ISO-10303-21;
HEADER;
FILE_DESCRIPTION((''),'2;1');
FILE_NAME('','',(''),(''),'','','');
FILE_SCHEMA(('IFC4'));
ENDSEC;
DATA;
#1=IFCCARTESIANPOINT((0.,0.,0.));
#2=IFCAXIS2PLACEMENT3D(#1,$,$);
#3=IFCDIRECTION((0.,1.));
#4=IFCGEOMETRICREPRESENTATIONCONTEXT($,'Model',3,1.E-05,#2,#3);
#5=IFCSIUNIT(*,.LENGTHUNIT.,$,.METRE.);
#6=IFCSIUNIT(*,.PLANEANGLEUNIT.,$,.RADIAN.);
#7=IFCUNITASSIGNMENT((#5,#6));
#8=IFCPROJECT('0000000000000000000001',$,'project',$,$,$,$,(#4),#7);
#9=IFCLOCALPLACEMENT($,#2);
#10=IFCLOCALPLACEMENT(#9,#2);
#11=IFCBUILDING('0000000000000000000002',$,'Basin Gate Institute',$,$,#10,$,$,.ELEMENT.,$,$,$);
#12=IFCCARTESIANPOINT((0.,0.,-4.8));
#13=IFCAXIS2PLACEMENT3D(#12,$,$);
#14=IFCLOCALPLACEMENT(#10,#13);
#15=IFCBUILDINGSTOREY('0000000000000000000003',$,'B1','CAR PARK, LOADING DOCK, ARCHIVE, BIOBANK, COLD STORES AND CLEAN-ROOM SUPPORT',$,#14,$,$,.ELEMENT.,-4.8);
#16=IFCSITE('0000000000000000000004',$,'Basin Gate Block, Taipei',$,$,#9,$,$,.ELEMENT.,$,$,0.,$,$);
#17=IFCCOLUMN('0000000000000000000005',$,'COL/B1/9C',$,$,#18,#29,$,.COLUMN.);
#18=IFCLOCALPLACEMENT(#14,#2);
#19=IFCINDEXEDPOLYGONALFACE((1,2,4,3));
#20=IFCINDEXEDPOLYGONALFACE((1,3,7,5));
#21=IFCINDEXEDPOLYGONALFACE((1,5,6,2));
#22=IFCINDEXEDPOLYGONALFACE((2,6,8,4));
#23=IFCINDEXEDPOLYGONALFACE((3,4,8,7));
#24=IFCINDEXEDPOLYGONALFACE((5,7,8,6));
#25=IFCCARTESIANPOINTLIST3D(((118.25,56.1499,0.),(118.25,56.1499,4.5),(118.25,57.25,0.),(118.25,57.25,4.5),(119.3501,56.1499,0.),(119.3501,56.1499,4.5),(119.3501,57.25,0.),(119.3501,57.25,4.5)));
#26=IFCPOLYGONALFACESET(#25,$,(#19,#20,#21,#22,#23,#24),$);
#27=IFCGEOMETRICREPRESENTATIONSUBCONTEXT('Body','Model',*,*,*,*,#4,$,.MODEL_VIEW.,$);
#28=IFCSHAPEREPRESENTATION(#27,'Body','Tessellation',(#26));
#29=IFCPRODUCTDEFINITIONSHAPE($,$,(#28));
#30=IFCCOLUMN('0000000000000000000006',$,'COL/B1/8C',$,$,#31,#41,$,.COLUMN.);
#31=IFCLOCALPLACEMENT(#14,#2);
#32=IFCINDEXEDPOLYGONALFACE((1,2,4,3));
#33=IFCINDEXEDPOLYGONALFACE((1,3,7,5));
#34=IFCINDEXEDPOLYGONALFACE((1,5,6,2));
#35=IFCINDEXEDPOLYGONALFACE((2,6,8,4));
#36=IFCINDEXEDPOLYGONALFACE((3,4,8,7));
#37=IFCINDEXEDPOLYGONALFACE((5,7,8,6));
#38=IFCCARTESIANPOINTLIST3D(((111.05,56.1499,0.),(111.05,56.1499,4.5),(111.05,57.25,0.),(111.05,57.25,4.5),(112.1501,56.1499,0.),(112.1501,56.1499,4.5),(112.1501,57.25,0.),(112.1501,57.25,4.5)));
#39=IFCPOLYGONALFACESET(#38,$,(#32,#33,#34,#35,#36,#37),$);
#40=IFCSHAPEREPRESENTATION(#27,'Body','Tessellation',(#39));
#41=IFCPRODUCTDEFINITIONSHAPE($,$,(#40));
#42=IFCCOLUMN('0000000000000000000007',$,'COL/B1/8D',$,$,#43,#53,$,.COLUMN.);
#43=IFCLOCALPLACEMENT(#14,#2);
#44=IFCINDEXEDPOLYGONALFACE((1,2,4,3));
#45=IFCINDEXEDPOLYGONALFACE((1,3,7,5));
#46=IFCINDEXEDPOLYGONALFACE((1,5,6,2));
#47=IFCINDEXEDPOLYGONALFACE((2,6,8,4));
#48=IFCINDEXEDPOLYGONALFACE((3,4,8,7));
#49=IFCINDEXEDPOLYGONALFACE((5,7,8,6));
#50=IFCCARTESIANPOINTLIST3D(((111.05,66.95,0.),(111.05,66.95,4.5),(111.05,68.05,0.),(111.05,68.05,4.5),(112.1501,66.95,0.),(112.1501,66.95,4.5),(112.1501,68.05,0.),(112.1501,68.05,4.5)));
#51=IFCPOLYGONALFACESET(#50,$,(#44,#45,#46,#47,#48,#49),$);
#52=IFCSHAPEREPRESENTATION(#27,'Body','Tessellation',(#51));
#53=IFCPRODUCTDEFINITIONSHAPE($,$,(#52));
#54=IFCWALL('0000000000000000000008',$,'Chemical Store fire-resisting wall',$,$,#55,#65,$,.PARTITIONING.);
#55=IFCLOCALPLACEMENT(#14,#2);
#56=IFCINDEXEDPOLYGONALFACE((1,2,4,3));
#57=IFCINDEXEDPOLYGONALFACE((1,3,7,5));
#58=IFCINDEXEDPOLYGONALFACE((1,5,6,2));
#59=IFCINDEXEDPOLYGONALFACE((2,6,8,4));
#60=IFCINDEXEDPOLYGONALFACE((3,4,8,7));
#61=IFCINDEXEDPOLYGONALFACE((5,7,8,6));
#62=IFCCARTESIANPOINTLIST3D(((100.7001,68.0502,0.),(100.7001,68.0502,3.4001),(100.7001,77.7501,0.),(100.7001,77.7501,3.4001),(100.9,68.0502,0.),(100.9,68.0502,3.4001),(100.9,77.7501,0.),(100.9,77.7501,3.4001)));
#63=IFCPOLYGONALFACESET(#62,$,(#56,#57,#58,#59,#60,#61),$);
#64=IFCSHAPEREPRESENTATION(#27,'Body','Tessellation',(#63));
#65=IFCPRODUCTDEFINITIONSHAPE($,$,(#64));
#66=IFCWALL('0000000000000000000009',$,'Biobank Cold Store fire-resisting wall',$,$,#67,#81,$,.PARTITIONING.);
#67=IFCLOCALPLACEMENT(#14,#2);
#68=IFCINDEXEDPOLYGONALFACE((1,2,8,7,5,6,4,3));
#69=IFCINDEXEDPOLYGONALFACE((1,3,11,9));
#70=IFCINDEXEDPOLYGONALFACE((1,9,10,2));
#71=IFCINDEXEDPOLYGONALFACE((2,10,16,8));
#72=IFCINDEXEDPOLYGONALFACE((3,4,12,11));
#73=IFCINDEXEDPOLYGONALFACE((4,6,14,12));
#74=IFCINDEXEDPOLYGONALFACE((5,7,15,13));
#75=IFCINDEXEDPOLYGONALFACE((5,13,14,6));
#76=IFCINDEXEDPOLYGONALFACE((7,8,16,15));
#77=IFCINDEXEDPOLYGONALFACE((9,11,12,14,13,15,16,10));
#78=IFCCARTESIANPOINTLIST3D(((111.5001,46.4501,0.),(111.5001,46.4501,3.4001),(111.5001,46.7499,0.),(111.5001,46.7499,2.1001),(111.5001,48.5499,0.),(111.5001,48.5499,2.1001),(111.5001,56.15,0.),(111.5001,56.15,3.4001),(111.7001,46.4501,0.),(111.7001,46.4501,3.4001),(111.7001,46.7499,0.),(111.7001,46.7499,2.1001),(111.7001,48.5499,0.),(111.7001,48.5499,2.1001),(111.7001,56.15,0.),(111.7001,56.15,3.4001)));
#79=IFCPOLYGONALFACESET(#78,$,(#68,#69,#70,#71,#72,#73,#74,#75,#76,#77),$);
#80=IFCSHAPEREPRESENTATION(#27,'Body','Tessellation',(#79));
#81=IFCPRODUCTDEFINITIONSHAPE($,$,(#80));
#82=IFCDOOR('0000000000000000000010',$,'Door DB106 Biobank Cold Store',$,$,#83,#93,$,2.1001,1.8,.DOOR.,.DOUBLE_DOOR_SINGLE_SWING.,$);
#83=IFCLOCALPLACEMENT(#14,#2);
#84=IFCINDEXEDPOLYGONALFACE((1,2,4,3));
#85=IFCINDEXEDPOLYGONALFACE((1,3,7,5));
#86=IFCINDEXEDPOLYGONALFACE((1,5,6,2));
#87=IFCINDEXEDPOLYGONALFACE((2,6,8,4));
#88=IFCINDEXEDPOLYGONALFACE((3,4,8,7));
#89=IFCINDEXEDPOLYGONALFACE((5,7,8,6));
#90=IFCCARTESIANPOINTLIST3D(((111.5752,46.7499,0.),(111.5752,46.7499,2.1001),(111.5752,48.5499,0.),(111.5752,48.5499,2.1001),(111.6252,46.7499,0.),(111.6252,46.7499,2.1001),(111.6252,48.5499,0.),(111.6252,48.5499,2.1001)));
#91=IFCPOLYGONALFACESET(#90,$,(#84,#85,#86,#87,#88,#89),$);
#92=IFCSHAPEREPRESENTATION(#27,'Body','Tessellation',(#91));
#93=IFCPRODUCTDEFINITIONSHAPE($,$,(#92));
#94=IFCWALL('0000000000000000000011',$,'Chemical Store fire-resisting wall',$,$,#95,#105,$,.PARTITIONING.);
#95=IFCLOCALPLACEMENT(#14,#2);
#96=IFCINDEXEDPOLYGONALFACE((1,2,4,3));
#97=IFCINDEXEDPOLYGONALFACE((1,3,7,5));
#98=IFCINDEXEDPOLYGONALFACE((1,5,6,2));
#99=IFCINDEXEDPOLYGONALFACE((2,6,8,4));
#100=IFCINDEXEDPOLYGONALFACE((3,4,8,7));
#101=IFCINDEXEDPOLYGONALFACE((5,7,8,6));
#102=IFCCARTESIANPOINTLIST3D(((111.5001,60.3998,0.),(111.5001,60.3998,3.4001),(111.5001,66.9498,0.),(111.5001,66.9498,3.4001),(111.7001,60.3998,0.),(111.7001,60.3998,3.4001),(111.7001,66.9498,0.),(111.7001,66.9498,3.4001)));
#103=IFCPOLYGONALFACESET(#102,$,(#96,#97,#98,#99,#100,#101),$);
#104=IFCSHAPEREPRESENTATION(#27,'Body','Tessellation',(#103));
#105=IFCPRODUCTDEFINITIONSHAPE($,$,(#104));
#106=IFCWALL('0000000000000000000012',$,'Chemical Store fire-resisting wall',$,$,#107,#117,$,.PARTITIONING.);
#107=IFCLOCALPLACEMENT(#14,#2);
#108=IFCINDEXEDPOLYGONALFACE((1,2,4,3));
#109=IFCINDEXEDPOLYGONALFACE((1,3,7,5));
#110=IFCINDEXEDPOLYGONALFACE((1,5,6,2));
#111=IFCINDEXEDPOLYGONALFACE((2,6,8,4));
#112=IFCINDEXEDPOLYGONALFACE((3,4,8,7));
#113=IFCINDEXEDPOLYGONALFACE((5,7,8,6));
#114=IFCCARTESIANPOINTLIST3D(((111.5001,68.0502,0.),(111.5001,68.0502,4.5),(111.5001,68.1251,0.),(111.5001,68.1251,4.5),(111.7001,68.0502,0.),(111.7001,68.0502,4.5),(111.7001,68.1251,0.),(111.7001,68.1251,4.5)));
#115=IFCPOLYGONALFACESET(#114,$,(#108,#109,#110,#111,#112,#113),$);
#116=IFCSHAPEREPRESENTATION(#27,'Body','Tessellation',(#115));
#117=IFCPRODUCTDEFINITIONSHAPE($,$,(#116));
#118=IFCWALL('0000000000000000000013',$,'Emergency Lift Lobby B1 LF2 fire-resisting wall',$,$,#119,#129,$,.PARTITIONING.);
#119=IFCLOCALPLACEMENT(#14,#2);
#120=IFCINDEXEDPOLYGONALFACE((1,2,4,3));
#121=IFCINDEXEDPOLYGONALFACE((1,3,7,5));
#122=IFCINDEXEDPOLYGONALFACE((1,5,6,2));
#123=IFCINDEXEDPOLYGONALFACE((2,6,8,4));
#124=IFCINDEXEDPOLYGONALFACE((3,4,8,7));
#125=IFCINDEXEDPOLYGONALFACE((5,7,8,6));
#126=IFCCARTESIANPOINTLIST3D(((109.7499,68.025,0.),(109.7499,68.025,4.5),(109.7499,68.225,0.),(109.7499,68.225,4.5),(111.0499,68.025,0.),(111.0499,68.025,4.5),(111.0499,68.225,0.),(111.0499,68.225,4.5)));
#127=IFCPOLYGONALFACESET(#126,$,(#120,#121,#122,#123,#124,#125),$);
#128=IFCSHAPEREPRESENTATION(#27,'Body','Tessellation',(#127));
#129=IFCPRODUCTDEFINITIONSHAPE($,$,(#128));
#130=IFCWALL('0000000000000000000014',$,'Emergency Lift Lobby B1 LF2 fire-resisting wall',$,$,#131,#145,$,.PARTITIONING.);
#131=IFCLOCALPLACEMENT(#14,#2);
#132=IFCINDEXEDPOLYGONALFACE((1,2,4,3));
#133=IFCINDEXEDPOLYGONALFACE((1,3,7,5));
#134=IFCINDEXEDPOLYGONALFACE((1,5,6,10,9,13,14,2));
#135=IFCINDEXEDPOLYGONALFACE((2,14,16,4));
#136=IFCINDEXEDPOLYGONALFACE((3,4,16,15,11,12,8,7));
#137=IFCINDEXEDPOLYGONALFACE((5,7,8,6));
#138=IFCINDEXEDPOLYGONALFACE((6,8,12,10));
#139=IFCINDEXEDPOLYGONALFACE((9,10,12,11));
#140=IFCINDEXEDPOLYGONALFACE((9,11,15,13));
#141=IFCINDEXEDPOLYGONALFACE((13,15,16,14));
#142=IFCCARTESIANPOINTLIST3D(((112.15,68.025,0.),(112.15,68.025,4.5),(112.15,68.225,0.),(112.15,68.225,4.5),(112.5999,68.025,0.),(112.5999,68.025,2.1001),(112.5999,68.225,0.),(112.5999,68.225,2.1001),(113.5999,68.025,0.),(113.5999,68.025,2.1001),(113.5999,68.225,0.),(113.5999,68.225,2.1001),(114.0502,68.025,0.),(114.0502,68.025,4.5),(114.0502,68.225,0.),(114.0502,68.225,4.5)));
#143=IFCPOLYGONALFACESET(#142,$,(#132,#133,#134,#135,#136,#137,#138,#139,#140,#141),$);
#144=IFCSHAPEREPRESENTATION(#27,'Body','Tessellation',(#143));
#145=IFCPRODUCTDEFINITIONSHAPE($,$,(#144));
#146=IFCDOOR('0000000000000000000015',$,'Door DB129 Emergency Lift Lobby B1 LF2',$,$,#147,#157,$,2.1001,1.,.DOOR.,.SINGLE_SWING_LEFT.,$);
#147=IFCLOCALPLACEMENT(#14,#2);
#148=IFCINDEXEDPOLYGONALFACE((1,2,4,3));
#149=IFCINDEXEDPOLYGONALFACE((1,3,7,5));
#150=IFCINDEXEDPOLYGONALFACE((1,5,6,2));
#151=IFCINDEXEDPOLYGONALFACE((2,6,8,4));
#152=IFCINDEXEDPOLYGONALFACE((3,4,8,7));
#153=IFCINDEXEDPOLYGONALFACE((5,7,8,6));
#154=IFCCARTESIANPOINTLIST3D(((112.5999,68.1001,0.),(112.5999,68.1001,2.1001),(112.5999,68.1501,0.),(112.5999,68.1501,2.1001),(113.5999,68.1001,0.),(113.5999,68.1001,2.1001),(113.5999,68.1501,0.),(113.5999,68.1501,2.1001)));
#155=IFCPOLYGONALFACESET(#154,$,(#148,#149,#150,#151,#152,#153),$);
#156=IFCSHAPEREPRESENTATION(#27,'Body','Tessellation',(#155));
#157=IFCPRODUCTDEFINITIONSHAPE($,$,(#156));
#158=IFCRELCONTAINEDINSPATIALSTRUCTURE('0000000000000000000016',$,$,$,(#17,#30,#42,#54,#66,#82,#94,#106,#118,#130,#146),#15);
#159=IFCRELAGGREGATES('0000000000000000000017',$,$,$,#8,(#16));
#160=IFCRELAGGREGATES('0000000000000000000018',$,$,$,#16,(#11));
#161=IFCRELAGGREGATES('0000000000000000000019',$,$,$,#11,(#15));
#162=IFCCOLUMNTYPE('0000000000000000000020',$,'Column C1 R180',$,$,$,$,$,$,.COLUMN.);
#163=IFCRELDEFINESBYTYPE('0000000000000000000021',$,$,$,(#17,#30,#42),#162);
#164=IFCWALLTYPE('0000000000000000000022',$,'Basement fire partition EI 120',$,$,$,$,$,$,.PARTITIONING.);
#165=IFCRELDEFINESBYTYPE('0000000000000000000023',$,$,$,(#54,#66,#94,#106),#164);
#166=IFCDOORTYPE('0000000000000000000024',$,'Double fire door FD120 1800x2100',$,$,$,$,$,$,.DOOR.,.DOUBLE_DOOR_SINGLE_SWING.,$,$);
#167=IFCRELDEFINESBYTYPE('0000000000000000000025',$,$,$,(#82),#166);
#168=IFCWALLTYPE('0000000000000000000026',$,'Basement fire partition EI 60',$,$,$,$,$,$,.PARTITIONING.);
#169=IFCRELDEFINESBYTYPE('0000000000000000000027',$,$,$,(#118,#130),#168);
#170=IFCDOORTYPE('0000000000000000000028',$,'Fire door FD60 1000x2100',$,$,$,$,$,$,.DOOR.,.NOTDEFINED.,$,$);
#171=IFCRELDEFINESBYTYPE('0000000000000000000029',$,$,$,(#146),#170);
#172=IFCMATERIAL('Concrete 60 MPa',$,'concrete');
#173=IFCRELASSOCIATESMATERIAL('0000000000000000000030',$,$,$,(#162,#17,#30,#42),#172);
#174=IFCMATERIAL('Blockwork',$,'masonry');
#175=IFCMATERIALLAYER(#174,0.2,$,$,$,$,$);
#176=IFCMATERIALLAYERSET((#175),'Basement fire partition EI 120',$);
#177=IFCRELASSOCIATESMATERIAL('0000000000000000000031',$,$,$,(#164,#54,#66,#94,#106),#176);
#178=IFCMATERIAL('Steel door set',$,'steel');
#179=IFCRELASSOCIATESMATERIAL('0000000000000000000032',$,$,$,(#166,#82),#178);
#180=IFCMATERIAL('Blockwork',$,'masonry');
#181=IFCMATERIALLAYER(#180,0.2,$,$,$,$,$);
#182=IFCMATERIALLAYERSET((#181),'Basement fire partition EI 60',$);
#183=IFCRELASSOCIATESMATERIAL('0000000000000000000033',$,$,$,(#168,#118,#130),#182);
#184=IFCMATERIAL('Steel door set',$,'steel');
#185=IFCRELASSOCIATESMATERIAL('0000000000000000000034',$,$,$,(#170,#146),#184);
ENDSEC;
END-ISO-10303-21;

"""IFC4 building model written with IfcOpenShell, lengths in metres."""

from ifc_helpers import new_model, si_unit, direction, frame, frame_2d, origin, origin_2d, place, context, subcontext, project, spatial, rectangle, extrude, material, layer, layer_set, material_profile, profile_set, type_object, element, fill, save


model = new_model("IFC4")

# Units and contexts
model_context = context("Model", 3, precision=1e-05, world=origin(), true_north=direction((0.0, 1.0)))
body_context = subcontext(model_context, "Body", "Model", "MODEL_VIEW")
ifc_project = project(units=[si_unit("LENGTHUNIT", "METRE"), si_unit("PLANEANGLEUNIT", "RADIAN")], contexts=[model_context])

# Site, building, storey
site_placement = place(None, origin())
site = spatial("IfcSite", under=ifc_project, at=site_placement, Name="Basin Gate Block, Taipei", CompositionType="ELEMENT", RefElevation=0.0)
building_placement = place(site_placement, origin())
building = spatial("IfcBuilding", under=site, at=building_placement, Name="Basin Gate Institute", CompositionType="ELEMENT")
storey_placement = place(building_placement, frame((0.0, 0.0, -4.8)))
storey = spatial("IfcBuildingStorey", under=building, at=storey_placement, Name="B1", Description="CAR PARK, LOADING DOCK, ARCHIVE, BIOBANK, COLD STORES AND CLEAN-ROOM SUPPORT", CompositionType="ELEMENT", Elevation=-4.8)

# Columns
ifc_material_1 = material(Name="Concrete 60 MPa", Category="concrete")
ifc_material_profile = material_profile(ifc_material_1, rectangle(XDim=1.1001, YDim=1.1001, at=origin_2d()), Name="Column C1 1100 x 1100")
ifc_profile_set = profile_set([ifc_material_profile], Name="Concrete 60 MPa")
column_type = type_object("IfcColumnType", Name="Column C1 R180", PredefinedType="COLUMN", material=ifc_profile_set)
for number, where, z_axis, x_axis, name in (
    (1, (118.8, 56.7, 0.0), (0.0, 0.0, 1.0), (1.0, 0.0, 0.0), "COL/B1/9C"),
    (2, (111.6001, 56.7, 0.0), (0.0, 0.0, 1.0), (1.0, 0.0, 0.0), "COL/B1/8C"),
    (3, (111.6001, 67.5, 0.0), (0.0, 0.0, 1.0), (1.0, 0.0, 0.0), "COL/B1/8D"),
):
    element("IfcColumn", number, at=place(storey_placement, frame(where, z_axis=z_axis, x_axis=x_axis)), inside=storey, type_object=column_type, material=ifc_profile_set, Name=name, PredefinedType="COLUMN", context=body_context, shape_type="SweptSolid", body=[
        extrude(rectangle(XDim=1.1001, YDim=1.1001, at=origin_2d()), origin(), (0.0, 0.0, 1.0), 4.5),
    ])

# Wall
ifc_material_2 = material(Name="Blockwork", Category="masonry")
ifc_layer_1 = layer(ifc_material_2, 0.2)
ifc_layer_set_1 = layer_set([ifc_layer_1], Name="Basement fire partition EI 120")
wall_type_1 = type_object("IfcWallType", Name="Basement fire partition EI 120", PredefinedType="PARTITIONING", material=ifc_layer_set_1)
wall_1_placement = place(storey_placement, frame((100.8, 68.05, 0.0), z_axis=(0.0, 0.0, 1.0), x_axis=(0.0, 1.0, 0.0)))
element("IfcWall", 4, at=wall_1_placement, inside=storey, type_object=wall_type_1, material=ifc_layer_set_1, Name="Chemical Store fire-resisting wall", PredefinedType="PARTITIONING", context=body_context, shape_type="SweptSolid", body=[
    extrude(rectangle(XDim=9.7, YDim=0.2, at=frame_2d((4.8501, 0.0))), origin(), (0.0, 0.0, 1.0), 3.4001),
])

# Wall, opening, door
wall_2_placement = place(storey_placement, frame((111.6001, 46.45, 0.0), z_axis=(0.0, 0.0, 1.0), x_axis=(0.0, 1.0, 0.0)))
wall_2 = element("IfcWall", 5, at=wall_2_placement, inside=storey, type_object=wall_type_1, material=ifc_layer_set_1, Name="Biobank Cold Store fire-resisting wall", PredefinedType="PARTITIONING", context=body_context, shape_type="SweptSolid", body=[
    extrude(rectangle(XDim=9.7, YDim=0.2, at=frame_2d((4.8501, 0.0))), origin(), (0.0, 0.0, 1.0), 3.4001),
])
opening_1_placement = place(wall_2_placement, frame((0.3, 0.0, 0.0)))
opening_1 = element("IfcOpeningElement", 6, at=opening_1_placement, cuts=wall_2, PredefinedType="OPENING", context=body_context, shape_type="SweptSolid", body=[
    extrude(rectangle(XDim=1.8, YDim=2.1001, at=frame_2d((0.8999, 1.05))), frame((0.0, 0.1099, 0.0), z_axis=(0.0, -1.0, 0.0), x_axis=(1.0, 0.0, 0.0)), (0.0, 0.0, 1.0), 0.22),
])
ifc_material_3 = material(Name="Steel door set", Category="steel")
door_type_1 = type_object("IfcDoorType", Name="Double fire door FD120 1800x2100", OperationType="DOUBLE_DOOR_SINGLE_SWING", PredefinedType="DOOR", material=ifc_material_3)
door_1_placement = place(opening_1_placement, origin())
door_1 = element("IfcDoor", 7, at=door_1_placement, inside=storey, type_object=door_type_1, material=ifc_material_3, Name="Door DB106 Biobank Cold Store", OperationType="DOUBLE_DOOR_SINGLE_SWING", OverallHeight=2.1001, OverallWidth=1.8, PredefinedType="DOOR", context=body_context, shape_type="SweptSolid", body=[
    extrude(rectangle(XDim=1.8, YDim=2.1001, at=frame_2d((0.8999, 1.05))), frame((0.0, 0.0249, 0.0), z_axis=(0.0, -1.0, 0.0), x_axis=(1.0, 0.0, 0.0)), (0.0, 0.0, 1.0), 0.05),
])
fill(opening_1, door_1)

# Walls
wall_3_placement = place(storey_placement, frame((111.6001, 60.3999, 0.0), z_axis=(0.0, 0.0, 1.0), x_axis=(0.0, 1.0, 0.0)))
element("IfcWall", 8, at=wall_3_placement, inside=storey, type_object=wall_type_1, material=ifc_layer_set_1, Name="Chemical Store fire-resisting wall", PredefinedType="PARTITIONING", context=body_context, shape_type="SweptSolid", body=[
    extrude(rectangle(XDim=6.55, YDim=0.2, at=frame_2d((3.2749, 0.0))), origin(), (0.0, 0.0, 1.0), 3.4001),
])
wall_4_placement = place(storey_placement, frame((111.6001, 68.05, 0.0), z_axis=(0.0, 0.0, 1.0), x_axis=(0.0, 1.0, 0.0)))
element("IfcWall", 9, at=wall_4_placement, inside=storey, type_object=wall_type_1, material=ifc_layer_set_1, Name="Chemical Store fire-resisting wall", PredefinedType="PARTITIONING", context=body_context, shape_type="SweptSolid", body=[
    extrude(rectangle(XDim=0.075, YDim=0.2, at=frame_2d((0.0376, 0.0))), origin(), (0.0, 0.0, 1.0), 4.5),
])
ifc_material_4 = material(Name="Blockwork", Category="masonry")
ifc_layer_2 = layer(ifc_material_4, 0.2)
ifc_layer_set_2 = layer_set([ifc_layer_2], Name="Basement fire partition EI 60")
wall_type_2 = type_object("IfcWallType", Name="Basement fire partition EI 60", PredefinedType="PARTITIONING", material=ifc_layer_set_2)
wall_5_placement = place(storey_placement, frame((109.75, 68.125, 0.0), z_axis=(0.0, 0.0, 1.0), x_axis=(1.0, 0.0, 0.0)))
element("IfcWall", 10, at=wall_5_placement, inside=storey, type_object=wall_type_2, material=ifc_layer_set_2, Name="Emergency Lift Lobby B1 LF2 fire-resisting wall", PredefinedType="PARTITIONING", context=body_context, shape_type="SweptSolid", body=[
    extrude(rectangle(XDim=1.3, YDim=0.2, at=frame_2d((0.6499, 0.0))), origin(), (0.0, 0.0, 1.0), 4.5),
])

# Wall, opening, door
wall_6_placement = place(storey_placement, frame((112.1499, 68.125, 0.0), z_axis=(0.0, 0.0, 1.0), x_axis=(1.0, 0.0, 0.0)))
wall_6 = element("IfcWall", 11, at=wall_6_placement, inside=storey, type_object=wall_type_2, material=ifc_layer_set_2, Name="Emergency Lift Lobby B1 LF2 fire-resisting wall", PredefinedType="PARTITIONING", context=body_context, shape_type="SweptSolid", body=[
    extrude(rectangle(XDim=1.9001, YDim=0.2, at=frame_2d((0.9502, 0.0))), origin(), (0.0, 0.0, 1.0), 4.5),
])
opening_2_placement = place(wall_6_placement, frame((0.45, 0.0, 0.0)))
opening_2 = element("IfcOpeningElement", 12, at=opening_2_placement, cuts=wall_6, PredefinedType="OPENING", context=body_context, shape_type="SweptSolid", body=[
    extrude(rectangle(XDim=1.0, YDim=2.1001, at=frame_2d((0.5, 1.05))), frame((0.0, 0.1099, 0.0), z_axis=(0.0, -1.0, 0.0), x_axis=(1.0, 0.0, 0.0)), (0.0, 0.0, 1.0), 0.22),
])
ifc_material_5 = material(Name="Steel door set", Category="steel")
door_type_2 = type_object("IfcDoorType", Name="Fire door FD60 1000x2100", OperationType="NOTDEFINED", PredefinedType="DOOR", material=ifc_material_5)
door_2_placement = place(opening_2_placement, frame((1.0, 0.0, 0.0), z_axis=(0.0, 0.0, 1.0), x_axis=(-1.0, 0.0, 0.0)))
door_2 = element("IfcDoor", 13, at=door_2_placement, inside=storey, type_object=door_type_2, material=ifc_material_5, Name="Door DB129 Emergency Lift Lobby B1 LF2", OperationType="SINGLE_SWING_LEFT", OverallHeight=2.1001, OverallWidth=1.0, PredefinedType="DOOR", context=body_context, shape_type="SweptSolid", body=[
    extrude(rectangle(XDim=1.0, YDim=2.1001, at=frame_2d((0.5, 1.05))), frame((0.0, 0.0249, 0.0), z_axis=(0.0, -1.0, 0.0), x_axis=(1.0, 0.0, 0.0)), (0.0, 0.0, 1.0), 0.05),
])
fill(opening_2, door_2)

save(model, "model.ifc")
